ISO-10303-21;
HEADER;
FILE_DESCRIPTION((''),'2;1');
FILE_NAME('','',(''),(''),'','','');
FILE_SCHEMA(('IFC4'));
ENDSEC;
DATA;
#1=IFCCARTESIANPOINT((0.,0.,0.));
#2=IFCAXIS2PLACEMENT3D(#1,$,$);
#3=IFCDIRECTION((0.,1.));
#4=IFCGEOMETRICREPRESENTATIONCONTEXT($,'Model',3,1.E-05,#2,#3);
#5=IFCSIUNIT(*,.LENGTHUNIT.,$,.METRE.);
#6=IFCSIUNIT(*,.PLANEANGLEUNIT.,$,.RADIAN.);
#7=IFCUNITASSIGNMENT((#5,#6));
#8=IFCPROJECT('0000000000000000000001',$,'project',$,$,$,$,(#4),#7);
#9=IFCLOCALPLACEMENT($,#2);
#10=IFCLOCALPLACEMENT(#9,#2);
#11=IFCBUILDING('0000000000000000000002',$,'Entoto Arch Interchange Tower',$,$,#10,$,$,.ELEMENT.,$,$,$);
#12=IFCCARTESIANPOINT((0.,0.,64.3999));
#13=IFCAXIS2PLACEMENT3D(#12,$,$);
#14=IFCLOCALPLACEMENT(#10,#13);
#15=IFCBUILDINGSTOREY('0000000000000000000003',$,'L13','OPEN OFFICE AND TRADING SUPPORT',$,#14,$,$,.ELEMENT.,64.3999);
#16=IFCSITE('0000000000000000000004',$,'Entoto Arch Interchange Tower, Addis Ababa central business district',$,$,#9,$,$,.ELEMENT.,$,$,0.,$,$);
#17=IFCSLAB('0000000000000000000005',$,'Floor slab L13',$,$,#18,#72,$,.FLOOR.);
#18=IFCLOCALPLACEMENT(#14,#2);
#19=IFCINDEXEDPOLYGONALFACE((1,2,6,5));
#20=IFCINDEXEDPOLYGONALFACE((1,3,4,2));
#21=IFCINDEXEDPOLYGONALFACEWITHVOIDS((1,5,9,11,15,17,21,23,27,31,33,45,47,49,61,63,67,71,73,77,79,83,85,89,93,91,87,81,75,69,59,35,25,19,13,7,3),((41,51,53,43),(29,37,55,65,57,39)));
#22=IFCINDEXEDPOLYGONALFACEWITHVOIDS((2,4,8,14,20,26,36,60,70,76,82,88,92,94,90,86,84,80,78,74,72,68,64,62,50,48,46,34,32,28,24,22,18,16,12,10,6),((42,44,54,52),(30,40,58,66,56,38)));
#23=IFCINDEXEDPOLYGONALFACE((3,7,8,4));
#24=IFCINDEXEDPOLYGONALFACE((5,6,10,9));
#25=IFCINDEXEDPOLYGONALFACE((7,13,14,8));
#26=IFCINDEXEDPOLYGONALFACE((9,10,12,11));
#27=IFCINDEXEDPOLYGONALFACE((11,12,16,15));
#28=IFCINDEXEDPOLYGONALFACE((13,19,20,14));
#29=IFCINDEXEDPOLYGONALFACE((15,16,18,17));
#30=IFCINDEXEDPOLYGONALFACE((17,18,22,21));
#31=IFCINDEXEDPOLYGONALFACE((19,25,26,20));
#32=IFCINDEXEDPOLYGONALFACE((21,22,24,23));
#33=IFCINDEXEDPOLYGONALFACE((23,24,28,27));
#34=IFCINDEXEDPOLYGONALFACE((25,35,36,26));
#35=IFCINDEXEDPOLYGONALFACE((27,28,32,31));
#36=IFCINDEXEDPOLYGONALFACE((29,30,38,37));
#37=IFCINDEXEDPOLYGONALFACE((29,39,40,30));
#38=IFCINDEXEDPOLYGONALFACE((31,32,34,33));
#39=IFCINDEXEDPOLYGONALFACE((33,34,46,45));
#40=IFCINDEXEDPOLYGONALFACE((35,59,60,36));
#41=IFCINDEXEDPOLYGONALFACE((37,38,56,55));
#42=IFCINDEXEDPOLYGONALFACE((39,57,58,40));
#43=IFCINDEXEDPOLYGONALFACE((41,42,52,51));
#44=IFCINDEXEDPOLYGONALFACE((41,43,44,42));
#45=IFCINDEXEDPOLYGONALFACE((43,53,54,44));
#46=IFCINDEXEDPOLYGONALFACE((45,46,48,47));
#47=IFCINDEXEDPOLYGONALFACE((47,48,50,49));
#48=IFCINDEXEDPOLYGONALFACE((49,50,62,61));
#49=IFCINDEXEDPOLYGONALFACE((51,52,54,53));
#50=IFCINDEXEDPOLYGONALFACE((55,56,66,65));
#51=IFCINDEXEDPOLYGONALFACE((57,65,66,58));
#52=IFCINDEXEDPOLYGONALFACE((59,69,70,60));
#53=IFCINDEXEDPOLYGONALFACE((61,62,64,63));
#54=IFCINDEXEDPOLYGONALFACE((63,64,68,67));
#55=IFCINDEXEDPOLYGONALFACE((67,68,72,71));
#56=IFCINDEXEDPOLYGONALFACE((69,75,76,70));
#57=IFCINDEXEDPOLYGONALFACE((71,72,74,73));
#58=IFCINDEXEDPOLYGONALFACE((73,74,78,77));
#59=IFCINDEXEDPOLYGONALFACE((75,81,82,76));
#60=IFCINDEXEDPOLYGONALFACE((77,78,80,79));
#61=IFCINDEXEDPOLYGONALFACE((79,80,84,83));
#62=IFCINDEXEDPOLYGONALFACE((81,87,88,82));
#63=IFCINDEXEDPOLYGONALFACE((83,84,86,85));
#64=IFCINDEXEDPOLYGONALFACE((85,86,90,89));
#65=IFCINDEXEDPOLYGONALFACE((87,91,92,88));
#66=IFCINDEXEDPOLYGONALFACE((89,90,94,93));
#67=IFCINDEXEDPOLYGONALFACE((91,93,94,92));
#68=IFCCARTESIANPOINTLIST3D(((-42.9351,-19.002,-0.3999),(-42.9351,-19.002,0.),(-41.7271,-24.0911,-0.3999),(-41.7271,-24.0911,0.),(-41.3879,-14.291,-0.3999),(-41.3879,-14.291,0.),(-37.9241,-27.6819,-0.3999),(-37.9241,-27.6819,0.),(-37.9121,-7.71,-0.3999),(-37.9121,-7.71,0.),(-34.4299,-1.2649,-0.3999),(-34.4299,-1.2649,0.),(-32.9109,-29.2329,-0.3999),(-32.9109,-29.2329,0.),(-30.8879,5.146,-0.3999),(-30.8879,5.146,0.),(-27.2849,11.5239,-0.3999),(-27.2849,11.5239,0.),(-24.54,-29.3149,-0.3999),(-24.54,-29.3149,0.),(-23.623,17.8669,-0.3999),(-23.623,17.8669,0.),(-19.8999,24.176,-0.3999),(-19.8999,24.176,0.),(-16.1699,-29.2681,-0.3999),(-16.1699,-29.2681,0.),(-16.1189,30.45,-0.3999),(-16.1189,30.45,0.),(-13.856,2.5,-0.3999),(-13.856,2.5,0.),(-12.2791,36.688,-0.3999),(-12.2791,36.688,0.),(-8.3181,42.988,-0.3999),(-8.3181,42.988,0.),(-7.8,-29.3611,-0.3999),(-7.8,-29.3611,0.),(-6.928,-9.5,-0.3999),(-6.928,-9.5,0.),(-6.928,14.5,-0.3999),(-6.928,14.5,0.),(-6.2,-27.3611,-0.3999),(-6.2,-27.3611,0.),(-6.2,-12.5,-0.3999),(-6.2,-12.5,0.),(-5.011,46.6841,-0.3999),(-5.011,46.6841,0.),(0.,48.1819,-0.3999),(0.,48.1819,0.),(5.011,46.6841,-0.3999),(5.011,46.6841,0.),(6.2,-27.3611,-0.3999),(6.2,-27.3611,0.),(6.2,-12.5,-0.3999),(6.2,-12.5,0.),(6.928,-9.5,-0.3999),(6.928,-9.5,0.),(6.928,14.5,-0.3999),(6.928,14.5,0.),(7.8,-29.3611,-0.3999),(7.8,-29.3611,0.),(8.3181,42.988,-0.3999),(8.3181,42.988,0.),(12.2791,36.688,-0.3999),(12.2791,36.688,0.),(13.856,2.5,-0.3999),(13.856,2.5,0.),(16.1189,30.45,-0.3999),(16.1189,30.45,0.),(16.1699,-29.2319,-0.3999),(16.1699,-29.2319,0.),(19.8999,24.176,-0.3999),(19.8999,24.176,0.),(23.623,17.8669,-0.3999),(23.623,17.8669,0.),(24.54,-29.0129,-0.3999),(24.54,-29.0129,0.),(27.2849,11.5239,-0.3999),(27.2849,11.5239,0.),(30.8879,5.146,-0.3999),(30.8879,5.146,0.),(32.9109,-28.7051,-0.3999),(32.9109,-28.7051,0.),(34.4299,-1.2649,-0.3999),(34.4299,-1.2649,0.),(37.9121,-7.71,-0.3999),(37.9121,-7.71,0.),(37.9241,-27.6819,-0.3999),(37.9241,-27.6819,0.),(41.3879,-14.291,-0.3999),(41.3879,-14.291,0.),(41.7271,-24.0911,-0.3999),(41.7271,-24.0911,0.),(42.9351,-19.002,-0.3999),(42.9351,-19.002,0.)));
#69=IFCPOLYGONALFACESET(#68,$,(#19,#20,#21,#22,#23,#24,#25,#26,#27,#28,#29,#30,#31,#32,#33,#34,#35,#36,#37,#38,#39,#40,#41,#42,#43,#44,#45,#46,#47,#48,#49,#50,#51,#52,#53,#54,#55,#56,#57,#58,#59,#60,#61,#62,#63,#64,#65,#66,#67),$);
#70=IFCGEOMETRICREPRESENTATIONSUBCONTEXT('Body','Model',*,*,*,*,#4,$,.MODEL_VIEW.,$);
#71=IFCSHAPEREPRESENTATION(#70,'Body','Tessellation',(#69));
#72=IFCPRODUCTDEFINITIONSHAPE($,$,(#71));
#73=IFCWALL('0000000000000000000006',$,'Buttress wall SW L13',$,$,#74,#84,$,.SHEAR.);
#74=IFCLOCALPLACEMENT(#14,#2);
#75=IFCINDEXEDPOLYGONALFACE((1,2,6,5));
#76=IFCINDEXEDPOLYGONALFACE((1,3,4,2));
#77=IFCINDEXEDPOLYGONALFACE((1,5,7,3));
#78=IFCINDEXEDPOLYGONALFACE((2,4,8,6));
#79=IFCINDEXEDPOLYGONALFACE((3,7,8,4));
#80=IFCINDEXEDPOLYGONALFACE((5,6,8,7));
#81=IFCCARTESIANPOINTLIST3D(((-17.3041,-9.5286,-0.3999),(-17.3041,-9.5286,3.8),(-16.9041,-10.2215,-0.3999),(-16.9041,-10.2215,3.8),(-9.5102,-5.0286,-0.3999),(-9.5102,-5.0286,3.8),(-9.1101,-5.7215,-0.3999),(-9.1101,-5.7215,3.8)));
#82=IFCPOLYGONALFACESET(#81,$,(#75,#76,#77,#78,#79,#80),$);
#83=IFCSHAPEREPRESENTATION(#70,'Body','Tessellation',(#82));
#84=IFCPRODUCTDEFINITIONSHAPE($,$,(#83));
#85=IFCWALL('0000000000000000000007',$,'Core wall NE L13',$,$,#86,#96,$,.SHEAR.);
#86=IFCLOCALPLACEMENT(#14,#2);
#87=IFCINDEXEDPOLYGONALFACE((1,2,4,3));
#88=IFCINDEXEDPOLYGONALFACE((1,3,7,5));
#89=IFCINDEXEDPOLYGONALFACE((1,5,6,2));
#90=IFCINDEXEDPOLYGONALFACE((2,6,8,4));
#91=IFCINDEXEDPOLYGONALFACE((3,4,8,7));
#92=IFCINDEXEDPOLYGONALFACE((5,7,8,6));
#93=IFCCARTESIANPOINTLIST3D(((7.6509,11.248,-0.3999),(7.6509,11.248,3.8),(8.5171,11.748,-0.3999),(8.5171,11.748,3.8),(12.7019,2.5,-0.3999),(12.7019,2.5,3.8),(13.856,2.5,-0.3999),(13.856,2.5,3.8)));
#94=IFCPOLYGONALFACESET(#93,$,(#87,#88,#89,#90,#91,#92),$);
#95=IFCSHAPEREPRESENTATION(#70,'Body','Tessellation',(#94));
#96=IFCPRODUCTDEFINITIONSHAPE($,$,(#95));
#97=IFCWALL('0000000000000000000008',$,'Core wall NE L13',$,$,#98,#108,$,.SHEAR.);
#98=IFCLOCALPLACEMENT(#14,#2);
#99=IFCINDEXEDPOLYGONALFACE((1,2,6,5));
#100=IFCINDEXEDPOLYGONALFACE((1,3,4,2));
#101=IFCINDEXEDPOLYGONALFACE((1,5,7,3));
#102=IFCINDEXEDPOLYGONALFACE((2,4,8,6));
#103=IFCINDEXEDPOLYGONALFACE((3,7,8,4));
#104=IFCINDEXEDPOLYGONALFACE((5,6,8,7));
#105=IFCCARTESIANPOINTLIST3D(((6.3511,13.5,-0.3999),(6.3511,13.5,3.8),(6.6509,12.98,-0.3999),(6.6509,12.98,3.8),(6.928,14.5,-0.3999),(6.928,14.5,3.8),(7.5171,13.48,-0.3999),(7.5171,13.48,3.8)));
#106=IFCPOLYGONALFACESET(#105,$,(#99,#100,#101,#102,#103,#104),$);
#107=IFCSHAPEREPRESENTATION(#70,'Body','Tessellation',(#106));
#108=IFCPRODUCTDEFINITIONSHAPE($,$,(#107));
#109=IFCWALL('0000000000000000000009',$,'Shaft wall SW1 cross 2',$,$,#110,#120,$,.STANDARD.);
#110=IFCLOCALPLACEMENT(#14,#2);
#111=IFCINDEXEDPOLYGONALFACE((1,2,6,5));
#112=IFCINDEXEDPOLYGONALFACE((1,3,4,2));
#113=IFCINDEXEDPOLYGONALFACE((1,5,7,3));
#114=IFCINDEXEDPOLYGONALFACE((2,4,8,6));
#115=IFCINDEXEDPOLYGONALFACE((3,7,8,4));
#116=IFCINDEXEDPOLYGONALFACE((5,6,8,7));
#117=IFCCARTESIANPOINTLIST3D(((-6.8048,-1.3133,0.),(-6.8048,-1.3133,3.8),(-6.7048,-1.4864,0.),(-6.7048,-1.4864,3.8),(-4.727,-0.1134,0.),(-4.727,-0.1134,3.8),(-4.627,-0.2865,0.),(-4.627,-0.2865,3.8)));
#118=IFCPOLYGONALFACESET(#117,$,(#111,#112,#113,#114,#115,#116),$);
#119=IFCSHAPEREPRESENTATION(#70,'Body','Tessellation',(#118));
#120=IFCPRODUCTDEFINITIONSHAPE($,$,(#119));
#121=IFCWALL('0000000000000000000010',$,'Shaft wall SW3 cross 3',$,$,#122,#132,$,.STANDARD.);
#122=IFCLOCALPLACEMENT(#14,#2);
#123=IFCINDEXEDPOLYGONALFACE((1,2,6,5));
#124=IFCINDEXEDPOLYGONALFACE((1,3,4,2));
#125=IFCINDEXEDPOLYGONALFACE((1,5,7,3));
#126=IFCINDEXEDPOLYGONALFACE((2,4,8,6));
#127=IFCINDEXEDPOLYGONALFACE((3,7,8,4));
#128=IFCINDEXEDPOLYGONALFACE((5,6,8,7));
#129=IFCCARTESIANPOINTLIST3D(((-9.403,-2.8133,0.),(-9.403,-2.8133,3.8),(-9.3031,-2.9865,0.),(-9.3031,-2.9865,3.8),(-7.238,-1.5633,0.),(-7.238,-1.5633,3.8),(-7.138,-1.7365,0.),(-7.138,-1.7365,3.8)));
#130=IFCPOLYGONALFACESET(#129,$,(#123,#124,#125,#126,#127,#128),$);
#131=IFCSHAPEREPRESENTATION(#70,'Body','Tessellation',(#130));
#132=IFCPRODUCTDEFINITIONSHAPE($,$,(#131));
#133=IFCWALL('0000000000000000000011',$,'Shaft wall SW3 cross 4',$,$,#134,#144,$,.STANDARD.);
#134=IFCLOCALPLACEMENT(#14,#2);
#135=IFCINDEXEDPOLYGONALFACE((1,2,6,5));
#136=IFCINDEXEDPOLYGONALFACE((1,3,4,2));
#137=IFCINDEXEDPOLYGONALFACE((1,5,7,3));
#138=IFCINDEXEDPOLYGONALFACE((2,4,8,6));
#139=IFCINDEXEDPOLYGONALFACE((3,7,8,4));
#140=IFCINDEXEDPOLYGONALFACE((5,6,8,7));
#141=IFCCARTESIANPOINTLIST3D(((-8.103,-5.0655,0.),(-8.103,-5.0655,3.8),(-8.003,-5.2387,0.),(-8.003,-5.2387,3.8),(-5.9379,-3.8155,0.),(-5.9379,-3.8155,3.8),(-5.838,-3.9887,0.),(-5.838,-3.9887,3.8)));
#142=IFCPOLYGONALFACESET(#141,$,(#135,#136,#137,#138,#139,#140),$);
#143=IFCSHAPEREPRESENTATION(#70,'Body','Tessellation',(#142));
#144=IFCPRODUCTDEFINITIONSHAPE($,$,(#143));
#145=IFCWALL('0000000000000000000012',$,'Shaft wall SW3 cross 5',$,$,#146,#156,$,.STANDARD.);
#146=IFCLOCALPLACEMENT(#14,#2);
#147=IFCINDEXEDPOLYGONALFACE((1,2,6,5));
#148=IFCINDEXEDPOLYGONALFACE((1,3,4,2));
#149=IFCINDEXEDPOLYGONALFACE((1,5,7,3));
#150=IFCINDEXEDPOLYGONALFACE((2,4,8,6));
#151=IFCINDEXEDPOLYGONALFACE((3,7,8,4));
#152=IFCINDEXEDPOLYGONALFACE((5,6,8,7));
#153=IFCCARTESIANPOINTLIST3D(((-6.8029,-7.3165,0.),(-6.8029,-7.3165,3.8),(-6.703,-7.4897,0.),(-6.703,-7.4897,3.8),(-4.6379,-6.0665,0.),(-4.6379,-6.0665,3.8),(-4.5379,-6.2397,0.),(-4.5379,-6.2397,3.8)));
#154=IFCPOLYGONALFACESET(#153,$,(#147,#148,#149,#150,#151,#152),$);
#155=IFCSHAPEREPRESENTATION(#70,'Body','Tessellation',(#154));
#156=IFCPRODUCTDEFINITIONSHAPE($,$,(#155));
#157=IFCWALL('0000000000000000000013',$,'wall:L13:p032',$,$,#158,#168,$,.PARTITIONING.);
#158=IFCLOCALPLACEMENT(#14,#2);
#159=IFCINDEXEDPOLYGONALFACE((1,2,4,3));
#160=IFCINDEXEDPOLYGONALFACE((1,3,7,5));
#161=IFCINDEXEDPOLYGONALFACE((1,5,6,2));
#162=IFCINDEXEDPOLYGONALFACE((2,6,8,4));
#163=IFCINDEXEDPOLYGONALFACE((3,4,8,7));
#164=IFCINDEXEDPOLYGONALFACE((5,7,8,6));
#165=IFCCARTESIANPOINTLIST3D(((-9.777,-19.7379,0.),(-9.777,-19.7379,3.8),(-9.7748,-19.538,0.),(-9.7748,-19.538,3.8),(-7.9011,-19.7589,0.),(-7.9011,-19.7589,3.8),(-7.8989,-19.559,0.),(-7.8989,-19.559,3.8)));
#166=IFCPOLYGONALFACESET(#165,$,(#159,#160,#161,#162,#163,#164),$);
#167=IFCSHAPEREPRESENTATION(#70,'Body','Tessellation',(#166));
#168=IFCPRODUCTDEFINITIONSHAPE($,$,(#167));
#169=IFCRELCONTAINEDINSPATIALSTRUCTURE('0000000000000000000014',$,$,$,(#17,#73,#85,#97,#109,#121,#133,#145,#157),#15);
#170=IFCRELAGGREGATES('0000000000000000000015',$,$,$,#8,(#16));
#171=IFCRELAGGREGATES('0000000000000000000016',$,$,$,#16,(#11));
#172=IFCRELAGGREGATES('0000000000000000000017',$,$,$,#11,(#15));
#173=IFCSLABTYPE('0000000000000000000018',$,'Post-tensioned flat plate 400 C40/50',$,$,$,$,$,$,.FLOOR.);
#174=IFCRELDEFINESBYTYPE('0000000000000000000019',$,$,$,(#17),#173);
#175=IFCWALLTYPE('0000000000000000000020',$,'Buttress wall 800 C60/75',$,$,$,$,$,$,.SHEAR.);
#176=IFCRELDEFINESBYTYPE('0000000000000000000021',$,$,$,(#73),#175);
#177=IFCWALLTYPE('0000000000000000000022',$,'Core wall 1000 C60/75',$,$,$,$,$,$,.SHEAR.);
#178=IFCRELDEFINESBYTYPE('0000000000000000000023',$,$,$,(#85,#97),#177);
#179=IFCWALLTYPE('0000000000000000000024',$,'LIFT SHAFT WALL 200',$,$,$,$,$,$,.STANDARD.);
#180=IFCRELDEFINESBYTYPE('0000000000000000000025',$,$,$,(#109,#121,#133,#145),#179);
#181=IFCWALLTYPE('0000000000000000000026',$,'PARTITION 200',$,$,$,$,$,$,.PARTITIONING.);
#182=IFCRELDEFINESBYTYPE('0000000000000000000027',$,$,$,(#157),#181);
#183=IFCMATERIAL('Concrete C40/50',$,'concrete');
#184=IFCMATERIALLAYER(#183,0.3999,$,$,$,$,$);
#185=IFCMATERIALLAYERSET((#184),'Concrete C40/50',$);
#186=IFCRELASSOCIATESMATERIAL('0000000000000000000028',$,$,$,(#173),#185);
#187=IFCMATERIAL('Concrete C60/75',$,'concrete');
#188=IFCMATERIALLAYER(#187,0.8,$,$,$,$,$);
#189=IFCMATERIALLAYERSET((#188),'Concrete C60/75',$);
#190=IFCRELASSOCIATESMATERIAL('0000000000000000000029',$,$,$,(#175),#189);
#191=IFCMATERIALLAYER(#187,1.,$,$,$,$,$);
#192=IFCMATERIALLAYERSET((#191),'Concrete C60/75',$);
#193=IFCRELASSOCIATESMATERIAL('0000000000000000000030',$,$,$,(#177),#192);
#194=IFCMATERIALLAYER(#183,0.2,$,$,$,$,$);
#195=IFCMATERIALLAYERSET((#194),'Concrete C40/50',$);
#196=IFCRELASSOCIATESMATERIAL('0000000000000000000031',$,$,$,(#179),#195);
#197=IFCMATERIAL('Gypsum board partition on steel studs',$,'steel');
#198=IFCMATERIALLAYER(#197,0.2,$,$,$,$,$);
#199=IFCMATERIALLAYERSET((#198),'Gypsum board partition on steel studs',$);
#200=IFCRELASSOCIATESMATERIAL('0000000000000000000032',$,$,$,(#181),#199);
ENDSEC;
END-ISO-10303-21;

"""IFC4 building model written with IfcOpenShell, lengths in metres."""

from ifc_helpers import new_model, si_unit, direction, frame, frame_2d, origin, place, context, subcontext, project, spatial, polyline, rectangle, outline, extrude, material, layer, layer_set, type_object, element, save


model = new_model("IFC4")

# Units and contexts
model_context = context("Model", 3, precision=1e-05, world=origin(), true_north=direction((0.0, 1.0)))
body_context = subcontext(model_context, "Body", "Model", "MODEL_VIEW")
ifc_project = project(units=[si_unit("LENGTHUNIT", "METRE"), si_unit("PLANEANGLEUNIT", "RADIAN")], contexts=[model_context])

# Site, building, storey
site_placement = place(None, origin())
site = spatial("IfcSite", under=ifc_project, at=site_placement, Name="Entoto Arch Interchange Tower, Addis Ababa central business district", CompositionType="ELEMENT", RefElevation=0.0)
building_placement = place(site_placement, origin())
building = spatial("IfcBuilding", under=site, at=building_placement, Name="Entoto Arch Interchange Tower", CompositionType="ELEMENT")
storey_placement = place(building_placement, frame((0.0, 0.0, 64.3999)))
storey = spatial("IfcBuildingStorey", under=building, at=storey_placement, Name="L13", Description="OPEN OFFICE AND TRADING SUPPORT", CompositionType="ELEMENT", Elevation=64.3999)

# Slab
ifc_material_1 = material(Name="Concrete C40/50", Category="concrete")
ifc_layer_1 = layer(ifc_material_1, 0.3999)
ifc_layer_set_1 = layer_set([ifc_layer_1], Name="Concrete C40/50")
slab_type = type_object("IfcSlabType", Name="Post-tensioned flat plate 400 C40/50", PredefinedType="FLOOR", material=ifc_layer_set_1)
slab_placement = place(storey_placement, frame((0.0, 0.0, -0.3999)))
element("IfcSlab", 1, at=slab_placement, inside=storey, type_object=slab_type, Name="Floor slab L13", PredefinedType="FLOOR", context=body_context, shape_type="SweptSolid", body=[
    extrude(outline(polyline([(-32.9109, -29.2329), (-24.54, -29.3149), (-16.1699, -29.2681), (-7.8, -29.3611), (7.8, -29.3611), (16.1699, -29.2319), (24.54, -29.0129), (32.9109, -28.7051), (37.9241, -27.6819), (41.7271, -24.0911), (42.9351, -19.002), (41.3879, -14.291), (37.9121, -7.71), (34.4299, -1.2649), (30.8879, 5.146), (27.2849, 11.5239), (23.623, 17.8669), (19.8999, 24.176), (16.1189, 30.45), (12.2791, 36.688), (8.3181, 42.988), (5.011, 46.6841), (0.0, 48.1819), (-5.011, 46.6841), (-8.3181, 42.988), (-12.2791, 36.688), (-16.1189, 30.45), (-19.8999, 24.176), (-23.623, 17.8669), (-27.2849, 11.5239), (-30.8879, 5.146), (-34.4299, -1.2649), (-37.9121, -7.71), (-41.3879, -14.291), (-42.9351, -19.002), (-41.7271, -24.0911), (-37.9241, -27.6819), (-32.9109, -29.2329)]), holes=[polyline([(6.2, -27.3611), (6.2, -12.5), (-6.2, -12.5), (-6.2, -27.3611), (6.2, -27.3611)]), polyline([(13.856, 2.5), (6.928, 14.5), (-6.928, 14.5), (-13.856, 2.5), (-6.928, -9.5), (6.928, -9.5), (13.856, 2.5)])]), origin(), (0.0, 0.0, 1.0), 0.3999),
])

# Walls
ifc_material_2 = material(Name="Concrete C60/75", Category="concrete")
ifc_layer_2 = layer(ifc_material_2, 0.8)
ifc_layer_set_2 = layer_set([ifc_layer_2], Name="Concrete C60/75")
wall_type_1 = type_object("IfcWallType", Name="Buttress wall 800 C60/75", PredefinedType="SHEAR", material=ifc_layer_set_2)
wall_1_placement = place(storey_placement, frame((-9.3101, -5.375, -0.3999), z_axis=(0.0, 0.0, 1.0), x_axis=(-0.866018, -0.500014, 0.0)))
element("IfcWall", 2, at=wall_1_placement, inside=storey, type_object=wall_type_1, Name="Buttress wall SW L13", PredefinedType="SHEAR", context=body_context, shape_type="SweptSolid", body=[
    extrude(rectangle(XDim=8.9998, YDim=0.8, at=frame_2d((4.5, 0.0))), origin(), (0.0, 0.0, 1.0), 4.2),
])
ifc_layer_3 = layer(ifc_material_2, 1.0)
ifc_layer_set_3 = layer_set([ifc_layer_3], Name="Concrete C60/75")
wall_type_2 = type_object("IfcWallType", Name="Core wall 1000 C60/75", PredefinedType="SHEAR", material=ifc_layer_set_3)
wall_2_placement = place(storey_placement, frame((0.0, 0.0, -0.3999)))
element("IfcWall", 3, at=wall_2_placement, inside=storey, type_object=wall_type_2, Name="Core wall NE L13", PredefinedType="SHEAR", context=body_context, shape_type="SweptSolid", body=[
    extrude(outline(polyline([(8.5171, 11.748), (7.6509, 11.248), (12.7019, 2.5), (13.856, 2.5), (8.5171, 11.748)])), origin(), (0.0, 0.0, 1.0), 4.2),
])
wall_3_placement = place(storey_placement, frame((0.0, 0.0, -0.3999)))
element("IfcWall", 4, at=wall_3_placement, inside=storey, type_object=wall_type_2, Name="Core wall NE L13", PredefinedType="SHEAR", context=body_context, shape_type="SweptSolid", body=[
    extrude(outline(polyline([(6.6509, 12.98), (7.5171, 13.48), (6.928, 14.5), (6.3511, 13.5), (6.6509, 12.98)])), origin(), (0.0, 0.0, 1.0), 4.2),
])
ifc_layer_4 = layer(ifc_material_1, 0.2)
ifc_layer_set_4 = layer_set([ifc_layer_4], Name="Concrete C40/50")
wall_type_3 = type_object("IfcWallType", Name="LIFT SHAFT WALL 200", PredefinedType="STANDARD", material=ifc_layer_set_4)
wall_4_placement = place(storey_placement, frame((-4.677, -0.2, 0.0), z_axis=(0.0, 0.0, 1.0), x_axis=(-0.865974, -0.500089, 0.0)))
element("IfcWall", 5, at=wall_4_placement, inside=storey, type_object=wall_type_3, Name="Shaft wall SW1 cross 2", PredefinedType="STANDARD", context=body_context, shape_type="SweptSolid", body=[
    extrude(rectangle(XDim=2.3994, YDim=0.2, at=frame_2d((1.1997, 0.0))), origin(), (0.0, 0.0, 1.0), 3.8),
])
for number, where, z_axis, x_axis, name in (
    (6, (-7.188, -1.6499, 0.0), (0.0, 0.0, 1.0), (-0.866023, -0.500004, 0.0), "Shaft wall SW3 cross 3"),
    (7, (-5.8879, -3.9021, 0.0), (0.0, 0.0, 1.0), (-0.866023, -0.500004, 0.0), "Shaft wall SW3 cross 4"),
    (8, (-4.5879, -6.1531, 0.0), (0.0, 0.0, 1.0), (-0.866023, -0.500004, 0.0), "Shaft wall SW3 cross 5"),
):
    element("IfcWall", number, at=place(storey_placement, frame(where, z_axis=z_axis, x_axis=x_axis)), inside=storey, type_object=wall_type_3, Name=name, PredefinedType="STANDARD", context=body_context, shape_type="SweptSolid", body=[
        extrude(rectangle(XDim=2.5, YDim=0.2, at=frame_2d((1.25, 0.0))), origin(), (0.0, 0.0, 1.0), 3.8),
    ])
ifc_material_3 = material(Name="Gypsum board partition on steel studs", Category="steel")
ifc_layer_5 = layer(ifc_material_3, 0.2)
ifc_layer_set_5 = layer_set([ifc_layer_5], Name="Gypsum board partition on steel studs")
wall_type_4 = type_object("IfcWallType", Name="PARTITION 200", PredefinedType="PARTITIONING", material=ifc_layer_set_5)
wall_5_placement = place(storey_placement, frame((-9.7759, -19.6379, 0.0), z_axis=(0.0, 0.0, 1.0), x_axis=(0.999937, -0.011191, 0.0)))
element("IfcWall", 9, at=wall_5_placement, inside=storey, type_object=wall_type_4, Name="wall:L13:p032", PredefinedType="PARTITIONING", context=body_context, shape_type="SweptSolid", body=[
    extrude(rectangle(XDim=1.876, YDim=0.2, at=frame_2d((0.938, 0.0))), origin(), (0.0, 0.0, 1.0), 3.8),
])

save(model, "model.ifc")
